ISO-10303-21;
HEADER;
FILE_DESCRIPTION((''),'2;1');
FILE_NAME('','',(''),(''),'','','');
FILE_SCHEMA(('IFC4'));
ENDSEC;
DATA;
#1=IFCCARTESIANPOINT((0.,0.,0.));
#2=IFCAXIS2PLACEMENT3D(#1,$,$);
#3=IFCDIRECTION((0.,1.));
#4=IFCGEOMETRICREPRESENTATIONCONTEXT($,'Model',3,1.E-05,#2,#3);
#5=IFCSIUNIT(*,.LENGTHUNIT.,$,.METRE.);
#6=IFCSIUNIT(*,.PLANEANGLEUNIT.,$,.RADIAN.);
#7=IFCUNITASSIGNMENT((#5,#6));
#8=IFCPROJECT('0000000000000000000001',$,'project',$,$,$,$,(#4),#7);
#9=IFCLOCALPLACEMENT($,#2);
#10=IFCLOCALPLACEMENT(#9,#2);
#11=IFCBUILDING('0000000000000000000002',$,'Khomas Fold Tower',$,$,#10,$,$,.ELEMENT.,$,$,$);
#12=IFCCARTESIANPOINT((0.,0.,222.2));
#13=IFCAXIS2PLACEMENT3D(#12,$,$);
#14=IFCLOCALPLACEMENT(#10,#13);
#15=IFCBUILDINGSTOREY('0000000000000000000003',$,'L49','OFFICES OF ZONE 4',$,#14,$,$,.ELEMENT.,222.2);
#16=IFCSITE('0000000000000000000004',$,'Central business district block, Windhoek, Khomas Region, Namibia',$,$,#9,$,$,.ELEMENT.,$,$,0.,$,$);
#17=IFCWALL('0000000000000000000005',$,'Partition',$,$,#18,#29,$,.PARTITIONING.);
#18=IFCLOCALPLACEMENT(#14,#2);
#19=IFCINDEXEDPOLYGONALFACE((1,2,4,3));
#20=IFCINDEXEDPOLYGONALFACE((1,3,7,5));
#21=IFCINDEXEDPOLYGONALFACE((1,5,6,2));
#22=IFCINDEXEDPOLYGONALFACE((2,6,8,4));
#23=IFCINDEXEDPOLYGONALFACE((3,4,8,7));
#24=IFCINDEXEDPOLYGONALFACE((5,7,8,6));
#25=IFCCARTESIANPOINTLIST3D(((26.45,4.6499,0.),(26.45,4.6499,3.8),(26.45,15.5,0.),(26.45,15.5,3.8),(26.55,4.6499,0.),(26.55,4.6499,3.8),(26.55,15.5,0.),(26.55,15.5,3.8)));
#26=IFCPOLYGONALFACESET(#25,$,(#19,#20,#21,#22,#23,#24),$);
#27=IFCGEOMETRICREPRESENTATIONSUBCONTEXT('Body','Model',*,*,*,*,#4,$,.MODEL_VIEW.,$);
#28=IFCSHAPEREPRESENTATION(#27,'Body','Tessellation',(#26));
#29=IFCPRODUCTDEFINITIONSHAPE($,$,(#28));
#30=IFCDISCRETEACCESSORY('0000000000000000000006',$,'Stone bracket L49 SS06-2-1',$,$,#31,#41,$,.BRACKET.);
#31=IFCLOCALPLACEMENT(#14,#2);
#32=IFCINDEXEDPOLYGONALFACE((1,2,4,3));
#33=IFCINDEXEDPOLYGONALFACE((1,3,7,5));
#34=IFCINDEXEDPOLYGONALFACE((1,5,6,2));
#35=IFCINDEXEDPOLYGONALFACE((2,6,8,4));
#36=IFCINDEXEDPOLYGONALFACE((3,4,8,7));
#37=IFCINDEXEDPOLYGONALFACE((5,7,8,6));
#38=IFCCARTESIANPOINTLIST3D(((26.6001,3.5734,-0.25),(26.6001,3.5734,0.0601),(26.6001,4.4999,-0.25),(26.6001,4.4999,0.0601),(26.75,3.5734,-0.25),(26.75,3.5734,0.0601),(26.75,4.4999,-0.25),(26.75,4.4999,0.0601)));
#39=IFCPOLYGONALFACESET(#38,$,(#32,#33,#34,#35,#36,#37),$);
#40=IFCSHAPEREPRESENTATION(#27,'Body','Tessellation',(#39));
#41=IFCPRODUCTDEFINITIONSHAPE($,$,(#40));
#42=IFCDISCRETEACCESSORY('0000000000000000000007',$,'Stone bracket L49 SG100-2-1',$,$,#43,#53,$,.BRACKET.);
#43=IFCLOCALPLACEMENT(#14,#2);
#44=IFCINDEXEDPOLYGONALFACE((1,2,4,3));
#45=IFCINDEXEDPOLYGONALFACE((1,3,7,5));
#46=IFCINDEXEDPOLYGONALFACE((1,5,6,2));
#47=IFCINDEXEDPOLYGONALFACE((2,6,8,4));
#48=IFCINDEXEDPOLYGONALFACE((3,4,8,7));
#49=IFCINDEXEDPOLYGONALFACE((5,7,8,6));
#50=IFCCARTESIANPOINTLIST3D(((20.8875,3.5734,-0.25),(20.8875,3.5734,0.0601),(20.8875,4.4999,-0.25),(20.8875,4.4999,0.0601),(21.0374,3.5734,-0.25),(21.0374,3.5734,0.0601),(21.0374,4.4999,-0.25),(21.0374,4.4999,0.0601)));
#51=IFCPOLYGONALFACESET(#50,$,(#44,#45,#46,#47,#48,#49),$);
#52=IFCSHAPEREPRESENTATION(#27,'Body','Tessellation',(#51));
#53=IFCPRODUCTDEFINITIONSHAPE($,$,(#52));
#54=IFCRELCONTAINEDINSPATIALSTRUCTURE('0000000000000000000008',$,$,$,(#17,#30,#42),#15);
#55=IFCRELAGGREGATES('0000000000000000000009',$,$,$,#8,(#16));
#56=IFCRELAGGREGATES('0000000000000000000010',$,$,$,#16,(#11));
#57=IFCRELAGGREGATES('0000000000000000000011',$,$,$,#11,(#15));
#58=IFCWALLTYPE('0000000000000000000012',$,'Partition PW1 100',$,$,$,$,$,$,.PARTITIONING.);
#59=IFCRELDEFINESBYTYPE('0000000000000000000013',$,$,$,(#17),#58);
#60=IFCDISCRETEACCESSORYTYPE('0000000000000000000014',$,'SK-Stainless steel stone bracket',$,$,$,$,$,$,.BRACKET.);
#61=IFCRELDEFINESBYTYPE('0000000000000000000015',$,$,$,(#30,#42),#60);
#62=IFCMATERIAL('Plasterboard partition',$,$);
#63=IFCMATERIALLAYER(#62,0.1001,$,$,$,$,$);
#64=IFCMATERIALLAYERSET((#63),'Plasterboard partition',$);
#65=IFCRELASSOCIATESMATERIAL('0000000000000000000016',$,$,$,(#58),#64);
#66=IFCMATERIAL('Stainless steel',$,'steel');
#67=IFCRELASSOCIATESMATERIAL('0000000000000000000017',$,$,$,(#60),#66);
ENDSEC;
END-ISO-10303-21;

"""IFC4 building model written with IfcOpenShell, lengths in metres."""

from ifc_helpers import new_model, si_unit, direction, frame, frame_2d, origin, origin_2d, place, context, subcontext, project, spatial, rectangle, extrude, source, transform, mapped, material, layer, layer_set, type_object, element, save


model = new_model("IFC4")

# Units and contexts
model_context = context("Model", 3, precision=1e-05, world=origin(), true_north=direction((0.0, 1.0)))
body_context = subcontext(model_context, "Body", "Model", "MODEL_VIEW")
ifc_project = project(units=[si_unit("LENGTHUNIT", "METRE"), si_unit("PLANEANGLEUNIT", "RADIAN")], contexts=[model_context])

# Site, building, storey
site_placement = place(None, origin())
site = spatial("IfcSite", under=ifc_project, at=site_placement, Name="Central business district block, Windhoek, Khomas Region, Namibia", CompositionType="ELEMENT", RefElevation=0.0)
building_placement = place(site_placement, origin())
building = spatial("IfcBuilding", under=site, at=building_placement, Name="Khomas Fold Tower", CompositionType="ELEMENT")
storey_placement = place(building_placement, frame((0.0, 0.0, 222.2)))
storey = spatial("IfcBuildingStorey", under=building, at=storey_placement, Name="L49", Description="OFFICES OF ZONE 4", CompositionType="ELEMENT", Elevation=222.2)

# Wall
ifc_material_1 = material(Name="Plasterboard partition")
ifc_layer_1 = layer(ifc_material_1, 0.1001)
ifc_layer_set_1 = layer_set([ifc_layer_1], Name="Plasterboard partition")
wall_type_1 = type_object("IfcWallType", Name="Partition PW1 100", PredefinedType="PARTITIONING", material=ifc_layer_set_1)
shared_shape_1 = source(origin(), body_context, "Body", "SweptSolid", [
    extrude(rectangle(XDim=10.8501, YDim=0.1001, at=frame_2d((5.425, 0.0))), origin(), (0.0, 0.0, 1.0), 3.8),
])
wall_1_placement = place(storey_placement, frame((26.5, 4.6499, 0.0), z_axis=(0.0, 0.0, 1.0), x_axis=(0.0, 1.0, 0.0)))
element("IfcWall", 1, at=wall_1_placement, inside=storey, type_object=wall_type_1, Name="Partition", PredefinedType="PARTITIONING", context=body_context, shape_type="MappedRepresentation", body=[
    mapped(shared_shape_1, transform((0.0, 0.0, 0.0))),
])

# Discrete accessories
ifc_material_2 = material(Name="Stainless steel", Category="steel")
discrete_accessory_type = type_object("IfcDiscreteAccessoryType", Name="SK-Stainless steel stone bracket", PredefinedType="BRACKET", material=ifc_material_2)
shared_shape_2 = source(origin(), body_context, "Body", "SweptSolid", [
    extrude(rectangle(XDim=0.9265, YDim=0.1499, at=origin_2d()), origin(), (0.0, 0.0, 1.0), 0.3101),
])
for number, where, z_axis, x_axis, name in (
    (2, (26.675, 4.0366, -0.25), (0.0, 0.0, 1.0), (0.0, -1.0, 0.0), "Stone bracket L49 SS06-2-1"),
    (3, (20.9624, 4.0366, -0.25), (0.0, 0.0, 1.0), (0.0, -1.0, 0.0), "Stone bracket L49 SG100-2-1"),
):
    element("IfcDiscreteAccessory", number, at=place(storey_placement, frame(where, z_axis=z_axis, x_axis=x_axis)), inside=storey, type_object=discrete_accessory_type, Name=name, PredefinedType="BRACKET", context=body_context, shape_type="MappedRepresentation", body=[
        mapped(shared_shape_2, transform((0.0, 0.0, 0.0))),
    ])

save(model, "model.ifc")
